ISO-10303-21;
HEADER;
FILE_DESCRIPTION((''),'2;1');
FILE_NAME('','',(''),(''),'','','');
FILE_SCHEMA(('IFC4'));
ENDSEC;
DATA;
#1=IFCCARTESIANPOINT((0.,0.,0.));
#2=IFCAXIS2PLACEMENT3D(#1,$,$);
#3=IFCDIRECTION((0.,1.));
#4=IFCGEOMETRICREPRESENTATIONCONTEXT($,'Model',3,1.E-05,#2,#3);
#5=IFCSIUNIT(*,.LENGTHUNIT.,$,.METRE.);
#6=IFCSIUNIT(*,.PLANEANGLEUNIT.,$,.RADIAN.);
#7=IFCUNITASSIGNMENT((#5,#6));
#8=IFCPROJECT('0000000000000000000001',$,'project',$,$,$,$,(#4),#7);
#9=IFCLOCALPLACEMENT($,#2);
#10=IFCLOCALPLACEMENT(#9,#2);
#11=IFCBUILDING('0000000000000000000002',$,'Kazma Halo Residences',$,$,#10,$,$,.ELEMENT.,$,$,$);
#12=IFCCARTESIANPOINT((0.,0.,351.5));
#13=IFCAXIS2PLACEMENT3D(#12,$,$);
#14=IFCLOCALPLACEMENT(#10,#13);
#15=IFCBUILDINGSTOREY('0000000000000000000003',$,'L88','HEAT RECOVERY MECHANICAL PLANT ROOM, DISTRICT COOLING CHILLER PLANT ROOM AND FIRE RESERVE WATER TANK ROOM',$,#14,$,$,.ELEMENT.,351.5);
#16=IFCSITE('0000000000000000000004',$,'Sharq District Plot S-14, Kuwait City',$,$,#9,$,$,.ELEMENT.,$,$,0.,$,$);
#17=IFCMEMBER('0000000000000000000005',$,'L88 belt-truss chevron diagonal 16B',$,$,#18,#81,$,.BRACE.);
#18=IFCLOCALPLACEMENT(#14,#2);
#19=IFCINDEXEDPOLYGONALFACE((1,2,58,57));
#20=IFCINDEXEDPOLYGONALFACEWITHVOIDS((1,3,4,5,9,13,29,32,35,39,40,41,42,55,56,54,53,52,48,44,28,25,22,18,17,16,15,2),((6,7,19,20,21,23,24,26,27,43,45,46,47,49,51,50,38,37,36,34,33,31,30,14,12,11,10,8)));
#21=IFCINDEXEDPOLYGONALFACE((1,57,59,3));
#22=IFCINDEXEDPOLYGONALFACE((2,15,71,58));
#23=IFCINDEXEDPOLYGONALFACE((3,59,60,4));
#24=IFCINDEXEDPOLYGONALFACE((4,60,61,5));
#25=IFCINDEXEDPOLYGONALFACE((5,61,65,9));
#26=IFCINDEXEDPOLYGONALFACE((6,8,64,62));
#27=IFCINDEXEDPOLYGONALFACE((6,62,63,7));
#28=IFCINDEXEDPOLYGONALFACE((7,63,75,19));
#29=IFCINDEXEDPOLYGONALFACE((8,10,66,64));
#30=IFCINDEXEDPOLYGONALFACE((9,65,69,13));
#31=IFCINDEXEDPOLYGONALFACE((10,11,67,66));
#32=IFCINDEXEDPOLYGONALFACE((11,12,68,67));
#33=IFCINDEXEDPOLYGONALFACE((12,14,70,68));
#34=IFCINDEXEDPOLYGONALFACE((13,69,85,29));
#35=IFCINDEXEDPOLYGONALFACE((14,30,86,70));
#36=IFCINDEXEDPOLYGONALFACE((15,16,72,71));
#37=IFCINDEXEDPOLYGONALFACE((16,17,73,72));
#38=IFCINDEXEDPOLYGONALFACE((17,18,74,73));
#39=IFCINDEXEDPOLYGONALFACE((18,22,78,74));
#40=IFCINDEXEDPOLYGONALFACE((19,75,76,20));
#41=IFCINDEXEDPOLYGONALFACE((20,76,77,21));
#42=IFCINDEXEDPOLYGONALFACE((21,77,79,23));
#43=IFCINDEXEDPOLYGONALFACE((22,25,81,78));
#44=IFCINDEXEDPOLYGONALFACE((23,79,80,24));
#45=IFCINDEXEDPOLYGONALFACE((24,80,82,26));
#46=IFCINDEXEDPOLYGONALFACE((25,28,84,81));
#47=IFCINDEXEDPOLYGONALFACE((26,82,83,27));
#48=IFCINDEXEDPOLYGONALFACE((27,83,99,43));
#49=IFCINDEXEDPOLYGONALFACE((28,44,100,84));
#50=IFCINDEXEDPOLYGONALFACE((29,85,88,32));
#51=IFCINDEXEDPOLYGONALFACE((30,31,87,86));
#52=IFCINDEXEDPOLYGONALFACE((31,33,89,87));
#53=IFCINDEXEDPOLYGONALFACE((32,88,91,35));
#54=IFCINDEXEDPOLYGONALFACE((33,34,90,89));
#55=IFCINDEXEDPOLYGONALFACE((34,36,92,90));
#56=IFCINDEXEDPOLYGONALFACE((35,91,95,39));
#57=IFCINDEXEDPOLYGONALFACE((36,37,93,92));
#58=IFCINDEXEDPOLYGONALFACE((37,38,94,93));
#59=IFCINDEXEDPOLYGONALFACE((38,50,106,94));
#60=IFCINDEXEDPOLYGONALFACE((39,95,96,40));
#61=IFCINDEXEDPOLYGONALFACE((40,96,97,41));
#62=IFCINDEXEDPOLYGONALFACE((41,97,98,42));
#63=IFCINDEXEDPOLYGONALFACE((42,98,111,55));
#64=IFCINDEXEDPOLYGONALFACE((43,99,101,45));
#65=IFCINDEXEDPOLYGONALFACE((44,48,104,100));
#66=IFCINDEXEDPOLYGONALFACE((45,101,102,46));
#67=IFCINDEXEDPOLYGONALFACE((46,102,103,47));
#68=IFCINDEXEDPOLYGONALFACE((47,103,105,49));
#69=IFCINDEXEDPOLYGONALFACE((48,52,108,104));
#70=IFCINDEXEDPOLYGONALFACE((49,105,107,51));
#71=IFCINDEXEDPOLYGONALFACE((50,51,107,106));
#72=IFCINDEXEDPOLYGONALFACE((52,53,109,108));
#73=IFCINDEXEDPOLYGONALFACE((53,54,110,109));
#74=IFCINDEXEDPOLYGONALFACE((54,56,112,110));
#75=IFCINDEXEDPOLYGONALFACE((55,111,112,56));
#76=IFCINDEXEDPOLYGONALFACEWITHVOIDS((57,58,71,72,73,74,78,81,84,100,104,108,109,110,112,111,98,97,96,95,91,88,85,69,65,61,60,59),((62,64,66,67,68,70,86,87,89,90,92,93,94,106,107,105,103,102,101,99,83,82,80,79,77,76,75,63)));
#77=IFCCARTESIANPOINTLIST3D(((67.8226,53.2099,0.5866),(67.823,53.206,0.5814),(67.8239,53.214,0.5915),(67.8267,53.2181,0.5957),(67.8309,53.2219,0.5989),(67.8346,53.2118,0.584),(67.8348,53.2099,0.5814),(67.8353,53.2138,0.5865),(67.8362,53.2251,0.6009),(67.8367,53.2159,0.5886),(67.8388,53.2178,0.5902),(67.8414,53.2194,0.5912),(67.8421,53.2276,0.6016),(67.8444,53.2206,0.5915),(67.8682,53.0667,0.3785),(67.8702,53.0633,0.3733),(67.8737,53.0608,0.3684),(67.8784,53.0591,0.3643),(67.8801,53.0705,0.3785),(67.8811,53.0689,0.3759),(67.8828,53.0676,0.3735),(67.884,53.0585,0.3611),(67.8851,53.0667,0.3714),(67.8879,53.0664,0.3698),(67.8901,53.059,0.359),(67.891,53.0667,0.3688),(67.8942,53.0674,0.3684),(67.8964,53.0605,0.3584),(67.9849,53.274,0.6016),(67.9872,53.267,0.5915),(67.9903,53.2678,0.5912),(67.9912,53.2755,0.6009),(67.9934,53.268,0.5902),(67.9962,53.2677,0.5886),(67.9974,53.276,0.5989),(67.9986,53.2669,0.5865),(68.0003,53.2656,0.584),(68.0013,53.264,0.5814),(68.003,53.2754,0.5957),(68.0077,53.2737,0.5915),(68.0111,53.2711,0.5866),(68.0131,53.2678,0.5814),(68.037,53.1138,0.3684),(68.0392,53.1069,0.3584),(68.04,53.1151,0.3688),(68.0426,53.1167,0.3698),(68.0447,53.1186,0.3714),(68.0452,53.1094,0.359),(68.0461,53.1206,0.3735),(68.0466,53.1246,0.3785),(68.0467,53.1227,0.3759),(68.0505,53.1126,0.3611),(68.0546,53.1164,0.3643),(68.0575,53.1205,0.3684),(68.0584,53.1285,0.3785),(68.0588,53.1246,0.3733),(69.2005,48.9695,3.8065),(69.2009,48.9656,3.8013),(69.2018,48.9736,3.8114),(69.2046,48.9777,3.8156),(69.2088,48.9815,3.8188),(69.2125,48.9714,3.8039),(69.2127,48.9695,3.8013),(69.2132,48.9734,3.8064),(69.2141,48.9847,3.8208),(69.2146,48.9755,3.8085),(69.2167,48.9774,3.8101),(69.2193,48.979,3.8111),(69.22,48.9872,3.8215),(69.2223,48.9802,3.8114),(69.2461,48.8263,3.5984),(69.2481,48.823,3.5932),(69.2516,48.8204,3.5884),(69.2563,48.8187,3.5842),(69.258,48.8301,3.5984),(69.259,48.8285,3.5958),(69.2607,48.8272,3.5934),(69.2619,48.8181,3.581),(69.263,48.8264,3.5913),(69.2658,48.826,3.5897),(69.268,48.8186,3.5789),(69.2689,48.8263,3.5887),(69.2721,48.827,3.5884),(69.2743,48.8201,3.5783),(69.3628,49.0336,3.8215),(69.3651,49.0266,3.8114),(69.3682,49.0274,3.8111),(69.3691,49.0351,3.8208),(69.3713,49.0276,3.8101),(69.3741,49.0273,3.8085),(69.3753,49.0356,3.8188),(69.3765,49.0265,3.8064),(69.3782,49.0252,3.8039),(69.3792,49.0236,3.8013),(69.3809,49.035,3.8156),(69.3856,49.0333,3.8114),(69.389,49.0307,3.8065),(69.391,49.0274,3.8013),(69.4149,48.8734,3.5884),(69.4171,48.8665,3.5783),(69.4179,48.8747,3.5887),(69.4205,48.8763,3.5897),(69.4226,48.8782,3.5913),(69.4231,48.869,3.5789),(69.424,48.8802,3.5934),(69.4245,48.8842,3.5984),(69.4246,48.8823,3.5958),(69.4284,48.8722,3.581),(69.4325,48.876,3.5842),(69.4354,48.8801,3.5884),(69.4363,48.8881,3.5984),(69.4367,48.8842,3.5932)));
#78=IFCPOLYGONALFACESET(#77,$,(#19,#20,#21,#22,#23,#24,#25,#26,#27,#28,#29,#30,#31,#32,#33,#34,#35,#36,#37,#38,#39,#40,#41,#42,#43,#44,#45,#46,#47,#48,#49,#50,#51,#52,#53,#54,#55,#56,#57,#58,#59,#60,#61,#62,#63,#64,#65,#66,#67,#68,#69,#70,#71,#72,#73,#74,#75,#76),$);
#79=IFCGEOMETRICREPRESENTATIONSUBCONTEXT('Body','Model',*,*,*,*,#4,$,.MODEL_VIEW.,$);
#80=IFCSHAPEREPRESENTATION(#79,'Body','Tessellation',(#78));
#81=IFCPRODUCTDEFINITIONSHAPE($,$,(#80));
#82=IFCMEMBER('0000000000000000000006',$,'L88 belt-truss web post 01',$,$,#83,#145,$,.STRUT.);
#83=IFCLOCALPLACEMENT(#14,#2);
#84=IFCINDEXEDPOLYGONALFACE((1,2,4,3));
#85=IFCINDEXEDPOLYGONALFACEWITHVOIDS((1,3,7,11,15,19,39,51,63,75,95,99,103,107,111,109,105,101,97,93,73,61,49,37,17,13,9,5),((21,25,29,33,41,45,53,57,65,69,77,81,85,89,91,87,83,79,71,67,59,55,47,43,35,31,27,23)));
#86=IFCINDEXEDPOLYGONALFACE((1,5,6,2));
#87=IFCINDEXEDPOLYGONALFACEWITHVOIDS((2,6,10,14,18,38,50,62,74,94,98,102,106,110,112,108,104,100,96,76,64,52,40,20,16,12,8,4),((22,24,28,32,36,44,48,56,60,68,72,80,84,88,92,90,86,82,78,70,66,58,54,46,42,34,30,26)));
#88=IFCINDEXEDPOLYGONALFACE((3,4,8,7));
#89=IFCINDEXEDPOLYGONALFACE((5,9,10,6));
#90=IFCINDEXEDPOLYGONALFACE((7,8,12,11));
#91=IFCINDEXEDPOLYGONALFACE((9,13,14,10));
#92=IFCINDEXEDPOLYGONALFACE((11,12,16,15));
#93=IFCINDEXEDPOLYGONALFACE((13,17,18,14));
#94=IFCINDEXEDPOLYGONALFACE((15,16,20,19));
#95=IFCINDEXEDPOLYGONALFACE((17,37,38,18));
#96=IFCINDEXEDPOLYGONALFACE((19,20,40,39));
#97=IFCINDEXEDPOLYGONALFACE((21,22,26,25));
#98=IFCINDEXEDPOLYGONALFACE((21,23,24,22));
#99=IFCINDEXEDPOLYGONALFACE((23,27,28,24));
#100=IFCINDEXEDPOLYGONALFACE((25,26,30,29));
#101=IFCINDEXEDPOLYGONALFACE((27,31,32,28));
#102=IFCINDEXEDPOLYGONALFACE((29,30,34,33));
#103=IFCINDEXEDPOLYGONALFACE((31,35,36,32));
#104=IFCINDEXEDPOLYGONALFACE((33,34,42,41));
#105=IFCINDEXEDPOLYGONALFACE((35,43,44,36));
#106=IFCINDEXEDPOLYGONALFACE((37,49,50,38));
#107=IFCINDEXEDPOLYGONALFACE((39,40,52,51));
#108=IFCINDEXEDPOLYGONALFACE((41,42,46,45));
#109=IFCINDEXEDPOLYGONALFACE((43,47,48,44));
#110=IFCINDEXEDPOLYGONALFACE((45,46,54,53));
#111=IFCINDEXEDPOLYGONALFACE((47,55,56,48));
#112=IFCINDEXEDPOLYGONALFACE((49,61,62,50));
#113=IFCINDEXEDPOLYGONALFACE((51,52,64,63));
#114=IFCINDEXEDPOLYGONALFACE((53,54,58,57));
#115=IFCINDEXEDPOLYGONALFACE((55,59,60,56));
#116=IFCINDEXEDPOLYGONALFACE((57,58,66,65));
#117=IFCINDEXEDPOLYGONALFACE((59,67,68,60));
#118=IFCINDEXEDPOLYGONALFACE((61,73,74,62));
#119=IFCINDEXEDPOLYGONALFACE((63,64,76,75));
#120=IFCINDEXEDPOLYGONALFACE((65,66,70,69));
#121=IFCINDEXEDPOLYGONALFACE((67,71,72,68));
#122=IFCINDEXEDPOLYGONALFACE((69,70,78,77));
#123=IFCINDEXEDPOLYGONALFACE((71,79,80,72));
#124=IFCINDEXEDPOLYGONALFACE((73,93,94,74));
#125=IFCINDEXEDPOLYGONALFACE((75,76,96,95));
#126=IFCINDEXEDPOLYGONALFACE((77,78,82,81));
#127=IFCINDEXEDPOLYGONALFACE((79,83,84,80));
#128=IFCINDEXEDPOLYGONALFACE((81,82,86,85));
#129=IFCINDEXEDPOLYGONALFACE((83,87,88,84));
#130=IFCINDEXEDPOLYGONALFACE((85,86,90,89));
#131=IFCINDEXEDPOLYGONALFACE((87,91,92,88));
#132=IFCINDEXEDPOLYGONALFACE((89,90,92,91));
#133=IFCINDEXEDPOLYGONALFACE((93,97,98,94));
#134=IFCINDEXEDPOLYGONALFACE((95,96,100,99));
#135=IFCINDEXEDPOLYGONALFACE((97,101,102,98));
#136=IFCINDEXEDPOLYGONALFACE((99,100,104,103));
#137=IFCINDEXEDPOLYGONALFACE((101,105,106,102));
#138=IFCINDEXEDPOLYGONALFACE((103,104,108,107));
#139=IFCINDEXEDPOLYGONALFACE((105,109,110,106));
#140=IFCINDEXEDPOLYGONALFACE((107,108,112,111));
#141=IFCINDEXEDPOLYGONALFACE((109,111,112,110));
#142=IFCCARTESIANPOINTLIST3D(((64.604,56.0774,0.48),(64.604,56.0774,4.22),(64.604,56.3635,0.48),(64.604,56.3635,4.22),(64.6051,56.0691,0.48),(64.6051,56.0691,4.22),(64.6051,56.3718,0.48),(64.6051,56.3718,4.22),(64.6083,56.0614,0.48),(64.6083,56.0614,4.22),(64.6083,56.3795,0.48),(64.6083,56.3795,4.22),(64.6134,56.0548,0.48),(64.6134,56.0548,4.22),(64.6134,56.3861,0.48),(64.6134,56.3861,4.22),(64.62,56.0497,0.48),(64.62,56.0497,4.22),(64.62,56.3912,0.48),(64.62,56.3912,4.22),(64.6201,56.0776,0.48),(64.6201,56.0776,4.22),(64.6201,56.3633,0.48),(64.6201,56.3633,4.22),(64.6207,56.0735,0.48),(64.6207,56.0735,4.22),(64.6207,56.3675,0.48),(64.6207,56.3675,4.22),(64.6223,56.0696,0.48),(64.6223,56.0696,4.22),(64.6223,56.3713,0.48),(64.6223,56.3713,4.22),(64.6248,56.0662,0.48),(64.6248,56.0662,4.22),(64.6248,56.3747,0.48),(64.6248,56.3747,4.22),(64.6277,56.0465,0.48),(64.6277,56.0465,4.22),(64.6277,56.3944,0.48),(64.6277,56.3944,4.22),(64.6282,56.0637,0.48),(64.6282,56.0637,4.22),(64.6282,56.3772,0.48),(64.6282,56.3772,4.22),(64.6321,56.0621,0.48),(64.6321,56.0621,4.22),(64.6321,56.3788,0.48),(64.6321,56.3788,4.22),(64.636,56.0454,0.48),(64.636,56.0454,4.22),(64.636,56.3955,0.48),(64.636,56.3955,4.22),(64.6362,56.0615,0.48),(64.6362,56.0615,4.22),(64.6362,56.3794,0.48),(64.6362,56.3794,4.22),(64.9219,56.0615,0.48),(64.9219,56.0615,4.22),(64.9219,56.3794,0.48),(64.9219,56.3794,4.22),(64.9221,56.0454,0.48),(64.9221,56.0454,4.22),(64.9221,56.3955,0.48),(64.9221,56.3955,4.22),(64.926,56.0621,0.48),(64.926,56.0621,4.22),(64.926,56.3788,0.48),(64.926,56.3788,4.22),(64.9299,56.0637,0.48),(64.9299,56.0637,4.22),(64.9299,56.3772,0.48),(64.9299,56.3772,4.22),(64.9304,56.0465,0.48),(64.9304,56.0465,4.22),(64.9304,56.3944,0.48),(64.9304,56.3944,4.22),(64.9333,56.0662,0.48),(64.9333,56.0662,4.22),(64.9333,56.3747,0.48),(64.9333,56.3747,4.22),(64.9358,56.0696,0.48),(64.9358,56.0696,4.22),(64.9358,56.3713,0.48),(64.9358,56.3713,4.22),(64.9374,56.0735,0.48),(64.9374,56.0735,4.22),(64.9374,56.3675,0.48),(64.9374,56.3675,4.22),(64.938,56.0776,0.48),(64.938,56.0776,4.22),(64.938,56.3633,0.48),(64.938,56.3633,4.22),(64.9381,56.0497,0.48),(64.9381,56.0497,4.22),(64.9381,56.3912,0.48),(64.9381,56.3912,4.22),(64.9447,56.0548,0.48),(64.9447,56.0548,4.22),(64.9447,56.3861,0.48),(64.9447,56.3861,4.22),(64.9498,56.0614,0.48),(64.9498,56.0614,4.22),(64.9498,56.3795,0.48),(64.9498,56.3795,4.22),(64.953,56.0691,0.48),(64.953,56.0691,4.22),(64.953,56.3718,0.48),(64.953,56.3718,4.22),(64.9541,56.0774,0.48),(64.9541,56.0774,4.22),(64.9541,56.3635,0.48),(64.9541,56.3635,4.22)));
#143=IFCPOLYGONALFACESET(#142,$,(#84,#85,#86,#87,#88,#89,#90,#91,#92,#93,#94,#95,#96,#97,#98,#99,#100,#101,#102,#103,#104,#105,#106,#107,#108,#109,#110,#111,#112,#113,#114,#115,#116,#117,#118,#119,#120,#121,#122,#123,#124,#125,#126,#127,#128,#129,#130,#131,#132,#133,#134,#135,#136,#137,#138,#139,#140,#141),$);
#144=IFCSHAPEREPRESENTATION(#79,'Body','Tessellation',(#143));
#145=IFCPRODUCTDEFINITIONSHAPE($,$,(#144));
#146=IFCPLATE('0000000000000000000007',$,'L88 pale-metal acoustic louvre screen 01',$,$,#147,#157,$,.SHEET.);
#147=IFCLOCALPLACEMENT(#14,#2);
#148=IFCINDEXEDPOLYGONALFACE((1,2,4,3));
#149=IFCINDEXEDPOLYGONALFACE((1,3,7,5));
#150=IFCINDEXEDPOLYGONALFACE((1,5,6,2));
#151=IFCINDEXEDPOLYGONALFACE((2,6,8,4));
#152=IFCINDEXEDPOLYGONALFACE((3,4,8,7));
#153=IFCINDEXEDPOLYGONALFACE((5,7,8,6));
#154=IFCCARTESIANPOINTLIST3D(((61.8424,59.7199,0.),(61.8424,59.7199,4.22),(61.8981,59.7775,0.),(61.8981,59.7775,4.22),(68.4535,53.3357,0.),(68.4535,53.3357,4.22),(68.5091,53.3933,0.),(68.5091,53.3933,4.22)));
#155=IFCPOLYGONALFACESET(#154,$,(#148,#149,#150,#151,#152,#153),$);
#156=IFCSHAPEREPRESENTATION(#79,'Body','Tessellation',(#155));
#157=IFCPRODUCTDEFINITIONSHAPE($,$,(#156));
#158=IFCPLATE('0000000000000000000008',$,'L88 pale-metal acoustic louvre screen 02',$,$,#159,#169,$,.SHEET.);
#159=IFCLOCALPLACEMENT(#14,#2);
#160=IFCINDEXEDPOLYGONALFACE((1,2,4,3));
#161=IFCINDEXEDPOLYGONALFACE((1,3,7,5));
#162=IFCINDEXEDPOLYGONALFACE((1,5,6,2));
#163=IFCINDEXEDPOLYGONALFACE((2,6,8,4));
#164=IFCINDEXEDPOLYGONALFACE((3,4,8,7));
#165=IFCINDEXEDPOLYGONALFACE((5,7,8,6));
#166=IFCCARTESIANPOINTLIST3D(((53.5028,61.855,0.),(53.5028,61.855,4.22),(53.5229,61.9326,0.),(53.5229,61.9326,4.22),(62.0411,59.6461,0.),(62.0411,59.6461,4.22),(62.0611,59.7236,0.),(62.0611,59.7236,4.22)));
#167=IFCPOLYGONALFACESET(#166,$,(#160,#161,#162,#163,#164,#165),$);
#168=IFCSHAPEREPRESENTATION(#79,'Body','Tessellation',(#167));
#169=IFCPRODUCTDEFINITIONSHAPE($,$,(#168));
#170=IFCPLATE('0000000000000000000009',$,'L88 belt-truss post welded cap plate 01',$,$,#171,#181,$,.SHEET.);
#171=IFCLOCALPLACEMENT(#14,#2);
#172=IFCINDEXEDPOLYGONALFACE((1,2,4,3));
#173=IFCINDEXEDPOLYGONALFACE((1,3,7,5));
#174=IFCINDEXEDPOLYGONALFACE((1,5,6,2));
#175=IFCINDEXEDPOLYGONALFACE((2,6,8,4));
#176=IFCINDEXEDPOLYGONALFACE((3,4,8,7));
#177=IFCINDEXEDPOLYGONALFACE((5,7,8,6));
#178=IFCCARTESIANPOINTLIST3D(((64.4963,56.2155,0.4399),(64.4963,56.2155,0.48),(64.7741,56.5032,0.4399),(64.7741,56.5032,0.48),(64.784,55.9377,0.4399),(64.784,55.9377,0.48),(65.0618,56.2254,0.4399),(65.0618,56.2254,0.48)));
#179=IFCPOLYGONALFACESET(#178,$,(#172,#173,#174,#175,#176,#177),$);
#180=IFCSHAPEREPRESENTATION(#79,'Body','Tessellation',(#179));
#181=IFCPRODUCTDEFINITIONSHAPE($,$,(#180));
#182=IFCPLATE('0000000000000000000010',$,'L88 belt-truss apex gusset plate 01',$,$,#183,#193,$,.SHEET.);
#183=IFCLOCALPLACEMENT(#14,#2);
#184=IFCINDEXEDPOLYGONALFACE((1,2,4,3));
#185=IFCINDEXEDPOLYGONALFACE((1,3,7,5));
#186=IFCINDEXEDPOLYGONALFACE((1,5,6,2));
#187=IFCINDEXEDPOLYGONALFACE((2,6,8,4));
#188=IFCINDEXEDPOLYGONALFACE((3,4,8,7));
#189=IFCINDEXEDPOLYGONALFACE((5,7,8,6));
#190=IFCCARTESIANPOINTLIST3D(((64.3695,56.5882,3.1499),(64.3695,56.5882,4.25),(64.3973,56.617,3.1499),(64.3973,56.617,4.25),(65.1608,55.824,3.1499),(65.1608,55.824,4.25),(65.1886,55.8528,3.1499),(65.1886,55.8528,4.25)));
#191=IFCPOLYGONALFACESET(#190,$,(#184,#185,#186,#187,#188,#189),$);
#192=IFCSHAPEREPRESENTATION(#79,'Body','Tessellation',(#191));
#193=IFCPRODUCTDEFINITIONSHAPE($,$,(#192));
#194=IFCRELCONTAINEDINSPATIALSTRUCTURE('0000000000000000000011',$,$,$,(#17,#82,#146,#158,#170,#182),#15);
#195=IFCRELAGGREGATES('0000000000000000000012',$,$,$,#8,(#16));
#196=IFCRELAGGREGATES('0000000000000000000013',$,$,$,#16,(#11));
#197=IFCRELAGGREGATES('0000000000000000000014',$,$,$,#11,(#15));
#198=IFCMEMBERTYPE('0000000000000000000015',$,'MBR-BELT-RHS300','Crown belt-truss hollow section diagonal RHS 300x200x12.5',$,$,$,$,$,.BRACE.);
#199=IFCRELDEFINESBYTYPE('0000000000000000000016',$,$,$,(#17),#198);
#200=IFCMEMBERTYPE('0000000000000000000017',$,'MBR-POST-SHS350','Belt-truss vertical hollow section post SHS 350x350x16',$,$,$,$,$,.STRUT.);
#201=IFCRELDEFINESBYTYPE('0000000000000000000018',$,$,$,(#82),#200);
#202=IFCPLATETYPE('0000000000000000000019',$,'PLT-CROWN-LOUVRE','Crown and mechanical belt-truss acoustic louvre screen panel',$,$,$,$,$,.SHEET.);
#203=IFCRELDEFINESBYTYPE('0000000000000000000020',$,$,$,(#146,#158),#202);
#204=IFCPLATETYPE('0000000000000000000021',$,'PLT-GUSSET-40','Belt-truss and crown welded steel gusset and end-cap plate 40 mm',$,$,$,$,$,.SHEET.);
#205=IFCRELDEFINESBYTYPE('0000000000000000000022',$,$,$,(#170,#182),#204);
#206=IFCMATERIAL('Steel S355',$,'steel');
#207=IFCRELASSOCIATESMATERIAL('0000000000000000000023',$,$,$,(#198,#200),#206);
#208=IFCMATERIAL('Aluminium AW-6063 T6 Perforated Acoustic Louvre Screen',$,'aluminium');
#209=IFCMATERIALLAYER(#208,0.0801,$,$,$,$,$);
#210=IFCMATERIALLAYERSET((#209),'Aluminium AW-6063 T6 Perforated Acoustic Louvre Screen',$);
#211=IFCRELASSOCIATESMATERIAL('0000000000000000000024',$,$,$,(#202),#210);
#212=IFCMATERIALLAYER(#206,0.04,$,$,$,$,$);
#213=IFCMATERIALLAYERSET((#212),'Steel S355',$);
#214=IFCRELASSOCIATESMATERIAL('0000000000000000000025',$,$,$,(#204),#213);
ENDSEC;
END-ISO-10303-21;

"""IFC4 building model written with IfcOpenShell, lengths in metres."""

from ifc_helpers import new_model, si_unit, direction, frame, origin, origin_2d, place, context, subcontext, project, spatial, rectangle, hollow_rectangle, extrude, material, layer, layer_set, material_profile, profile_set, type_object, element, save


model = new_model("IFC4")

# Units and contexts
model_context = context("Model", 3, precision=1e-05, world=origin(), true_north=direction((0.0, 1.0)))
body_context = subcontext(model_context, "Body", "Model", "MODEL_VIEW")
ifc_project = project(units=[si_unit("LENGTHUNIT", "METRE"), si_unit("PLANEANGLEUNIT", "RADIAN")], contexts=[model_context])

# Site, building, storey
site_placement = place(None, origin())
site = spatial("IfcSite", under=ifc_project, at=site_placement, Name="Sharq District Plot S-14, Kuwait City", CompositionType="ELEMENT", RefElevation=0.0)
building_placement = place(site_placement, origin())
building = spatial("IfcBuilding", under=site, at=building_placement, Name="Kazma Halo Residences", CompositionType="ELEMENT")
storey_placement = place(building_placement, frame((0.0, 0.0, 351.5)))
storey = spatial("IfcBuildingStorey", under=building, at=storey_placement, Name="L88", Description="HEAT RECOVERY MECHANICAL PLANT ROOM, DISTRICT COOLING CHILLER PLANT ROOM AND FIRE RESERVE WATER TANK ROOM", CompositionType="ELEMENT", Elevation=351.5)

# Shared definitions
ifc_material_1 = material(Name="Steel S355", Category="steel")

# Members
ifc_material_profile_1 = material_profile(ifc_material_1, hollow_rectangle(XDim=0.2, YDim=0.3, WallThickness=0.0125, InnerFilletRadius=0.0125, OuterFilletRadius=0.0249, at=origin_2d()), Name="RHS300x200x12.5")
ifc_profile_set_1 = profile_set([ifc_material_profile_1], Name="Steel S355")
member_type_1 = type_object("IfcMemberType", Name="MBR-BELT-RHS300", Description="Crown belt-truss hollow section diagonal RHS 300x200x12.5", PredefinedType="BRACE", material=ifc_profile_set_1)
member_1_placement = place(storey_placement, frame((67.9407, 53.1672, 0.48), z_axis=(0.250539, -0.771014, 0.585463), x_axis=(0.951049, 0.30904, 0.0)))
element("IfcMember", 1, at=member_1_placement, inside=storey, type_object=member_type_1, Name="L88 belt-truss chevron diagonal 16B", PredefinedType="BRACE", context=body_context, shape_type="SweptSolid", body=[
    extrude(hollow_rectangle(XDim=0.2, YDim=0.3, WallThickness=0.0125, InnerFilletRadius=0.0125, OuterFilletRadius=0.0249, at=origin_2d()), origin(), (0.0, 0.0, 1.0), 5.4998),
])
ifc_material_profile_2 = material_profile(ifc_material_1, hollow_rectangle(XDim=0.3501, YDim=0.3501, WallThickness=0.0161, InnerFilletRadius=0.0161, OuterFilletRadius=0.032, at=origin_2d()), Name="SHS350x350x16")
ifc_profile_set_2 = profile_set([ifc_material_profile_2], Name="Steel S355")
member_type_2 = type_object("IfcMemberType", Name="MBR-POST-SHS350", Description="Belt-truss vertical hollow section post SHS 350x350x16", PredefinedType="STRUT", material=ifc_profile_set_2)
member_2_placement = place(storey_placement, frame((64.7791, 56.2205, 0.48), z_axis=(0.0, 0.0, 1.0), x_axis=(1.0, 0.0, 0.0)))
element("IfcMember", 2, at=member_2_placement, inside=storey, type_object=member_type_2, Name="L88 belt-truss web post 01", PredefinedType="STRUT", context=body_context, shape_type="SweptSolid", body=[
    extrude(hollow_rectangle(XDim=0.3501, YDim=0.3501, WallThickness=0.0161, InnerFilletRadius=0.0161, OuterFilletRadius=0.032, at=origin_2d()), origin(), (0.0, 0.0, 1.0), 3.74),
])

# Plates
ifc_material_2 = material(Name="Aluminium AW-6063 T6 Perforated Acoustic Louvre Screen", Category="aluminium")
ifc_layer_1 = layer(ifc_material_2, 0.0801)
ifc_layer_set_1 = layer_set([ifc_layer_1], Name="Aluminium AW-6063 T6 Perforated Acoustic Louvre Screen")
plate_type_1 = type_object("IfcPlateType", Name="PLT-CROWN-LOUVRE", Description="Crown and mechanical belt-truss acoustic louvre screen panel", PredefinedType="SHEET", material=ifc_layer_set_1)
plate_1_placement = place(storey_placement, frame((65.1758, 56.5566, 0.0), z_axis=(0.0, 0.0, 1.0), x_axis=(-0.719342, 0.694656, 0.0)))
element("IfcPlate", 3, at=plate_1_placement, inside=storey, type_object=plate_type_1, Name="L88 pale-metal acoustic louvre screen 01", PredefinedType="SHEET", context=body_context, shape_type="SweptSolid", body=[
    extrude(rectangle(XDim=9.1904, YDim=0.0801, at=origin_2d()), origin(), (0.0, 0.0, 1.0), 4.22),
])
plate_2_placement = place(storey_placement, frame((57.782, 60.7893, 0.0), z_axis=(0.0, 0.0, 1.0), x_axis=(-0.968124, 0.25047, 0.0)))
element("IfcPlate", 4, at=plate_2_placement, inside=storey, type_object=plate_type_1, Name="L88 pale-metal acoustic louvre screen 02", PredefinedType="SHEET", context=body_context, shape_type="SweptSolid", body=[
    extrude(rectangle(XDim=8.8193, YDim=0.0801, at=origin_2d()), origin(), (0.0, 0.0, 1.0), 4.22),
])
ifc_layer_2 = layer(ifc_material_1, 0.04)
ifc_layer_set_2 = layer_set([ifc_layer_2], Name="Steel S355")
plate_type_2 = type_object("IfcPlateType", Name="PLT-GUSSET-40", Description="Belt-truss and crown welded steel gusset and end-cap plate 40 mm", PredefinedType="SHEET", material=ifc_layer_set_2)
plate_3_placement = place(storey_placement, frame((64.7791, 56.2205, 0.4399), z_axis=(0.0, 0.0, 1.0), x_axis=(-0.719342, 0.694656, 0.0)))
element("IfcPlate", 5, at=plate_3_placement, inside=storey, type_object=plate_type_2, Name="L88 belt-truss post welded cap plate 01", PredefinedType="SHEET", context=body_context, shape_type="SweptSolid", body=[
    extrude(rectangle(XDim=0.3999, YDim=0.3999, at=origin_2d()), origin(), (0.0, 0.0, 1.0), 0.04),
])
plate_4_placement = place(storey_placement, frame((64.7791, 56.2205, 3.1499), z_axis=(0.0, 0.0, 1.0), x_axis=(-0.719342, 0.694656, 0.0)))
element("IfcPlate", 6, at=plate_4_placement, inside=storey, type_object=plate_type_2, Name="L88 belt-truss apex gusset plate 01", PredefinedType="SHEET", context=body_context, shape_type="SweptSolid", body=[
    extrude(rectangle(XDim=1.1001, YDim=0.04, at=origin_2d()), origin(), (0.0, 0.0, 1.0), 1.1001),
])

save(model, "model.ifc")
